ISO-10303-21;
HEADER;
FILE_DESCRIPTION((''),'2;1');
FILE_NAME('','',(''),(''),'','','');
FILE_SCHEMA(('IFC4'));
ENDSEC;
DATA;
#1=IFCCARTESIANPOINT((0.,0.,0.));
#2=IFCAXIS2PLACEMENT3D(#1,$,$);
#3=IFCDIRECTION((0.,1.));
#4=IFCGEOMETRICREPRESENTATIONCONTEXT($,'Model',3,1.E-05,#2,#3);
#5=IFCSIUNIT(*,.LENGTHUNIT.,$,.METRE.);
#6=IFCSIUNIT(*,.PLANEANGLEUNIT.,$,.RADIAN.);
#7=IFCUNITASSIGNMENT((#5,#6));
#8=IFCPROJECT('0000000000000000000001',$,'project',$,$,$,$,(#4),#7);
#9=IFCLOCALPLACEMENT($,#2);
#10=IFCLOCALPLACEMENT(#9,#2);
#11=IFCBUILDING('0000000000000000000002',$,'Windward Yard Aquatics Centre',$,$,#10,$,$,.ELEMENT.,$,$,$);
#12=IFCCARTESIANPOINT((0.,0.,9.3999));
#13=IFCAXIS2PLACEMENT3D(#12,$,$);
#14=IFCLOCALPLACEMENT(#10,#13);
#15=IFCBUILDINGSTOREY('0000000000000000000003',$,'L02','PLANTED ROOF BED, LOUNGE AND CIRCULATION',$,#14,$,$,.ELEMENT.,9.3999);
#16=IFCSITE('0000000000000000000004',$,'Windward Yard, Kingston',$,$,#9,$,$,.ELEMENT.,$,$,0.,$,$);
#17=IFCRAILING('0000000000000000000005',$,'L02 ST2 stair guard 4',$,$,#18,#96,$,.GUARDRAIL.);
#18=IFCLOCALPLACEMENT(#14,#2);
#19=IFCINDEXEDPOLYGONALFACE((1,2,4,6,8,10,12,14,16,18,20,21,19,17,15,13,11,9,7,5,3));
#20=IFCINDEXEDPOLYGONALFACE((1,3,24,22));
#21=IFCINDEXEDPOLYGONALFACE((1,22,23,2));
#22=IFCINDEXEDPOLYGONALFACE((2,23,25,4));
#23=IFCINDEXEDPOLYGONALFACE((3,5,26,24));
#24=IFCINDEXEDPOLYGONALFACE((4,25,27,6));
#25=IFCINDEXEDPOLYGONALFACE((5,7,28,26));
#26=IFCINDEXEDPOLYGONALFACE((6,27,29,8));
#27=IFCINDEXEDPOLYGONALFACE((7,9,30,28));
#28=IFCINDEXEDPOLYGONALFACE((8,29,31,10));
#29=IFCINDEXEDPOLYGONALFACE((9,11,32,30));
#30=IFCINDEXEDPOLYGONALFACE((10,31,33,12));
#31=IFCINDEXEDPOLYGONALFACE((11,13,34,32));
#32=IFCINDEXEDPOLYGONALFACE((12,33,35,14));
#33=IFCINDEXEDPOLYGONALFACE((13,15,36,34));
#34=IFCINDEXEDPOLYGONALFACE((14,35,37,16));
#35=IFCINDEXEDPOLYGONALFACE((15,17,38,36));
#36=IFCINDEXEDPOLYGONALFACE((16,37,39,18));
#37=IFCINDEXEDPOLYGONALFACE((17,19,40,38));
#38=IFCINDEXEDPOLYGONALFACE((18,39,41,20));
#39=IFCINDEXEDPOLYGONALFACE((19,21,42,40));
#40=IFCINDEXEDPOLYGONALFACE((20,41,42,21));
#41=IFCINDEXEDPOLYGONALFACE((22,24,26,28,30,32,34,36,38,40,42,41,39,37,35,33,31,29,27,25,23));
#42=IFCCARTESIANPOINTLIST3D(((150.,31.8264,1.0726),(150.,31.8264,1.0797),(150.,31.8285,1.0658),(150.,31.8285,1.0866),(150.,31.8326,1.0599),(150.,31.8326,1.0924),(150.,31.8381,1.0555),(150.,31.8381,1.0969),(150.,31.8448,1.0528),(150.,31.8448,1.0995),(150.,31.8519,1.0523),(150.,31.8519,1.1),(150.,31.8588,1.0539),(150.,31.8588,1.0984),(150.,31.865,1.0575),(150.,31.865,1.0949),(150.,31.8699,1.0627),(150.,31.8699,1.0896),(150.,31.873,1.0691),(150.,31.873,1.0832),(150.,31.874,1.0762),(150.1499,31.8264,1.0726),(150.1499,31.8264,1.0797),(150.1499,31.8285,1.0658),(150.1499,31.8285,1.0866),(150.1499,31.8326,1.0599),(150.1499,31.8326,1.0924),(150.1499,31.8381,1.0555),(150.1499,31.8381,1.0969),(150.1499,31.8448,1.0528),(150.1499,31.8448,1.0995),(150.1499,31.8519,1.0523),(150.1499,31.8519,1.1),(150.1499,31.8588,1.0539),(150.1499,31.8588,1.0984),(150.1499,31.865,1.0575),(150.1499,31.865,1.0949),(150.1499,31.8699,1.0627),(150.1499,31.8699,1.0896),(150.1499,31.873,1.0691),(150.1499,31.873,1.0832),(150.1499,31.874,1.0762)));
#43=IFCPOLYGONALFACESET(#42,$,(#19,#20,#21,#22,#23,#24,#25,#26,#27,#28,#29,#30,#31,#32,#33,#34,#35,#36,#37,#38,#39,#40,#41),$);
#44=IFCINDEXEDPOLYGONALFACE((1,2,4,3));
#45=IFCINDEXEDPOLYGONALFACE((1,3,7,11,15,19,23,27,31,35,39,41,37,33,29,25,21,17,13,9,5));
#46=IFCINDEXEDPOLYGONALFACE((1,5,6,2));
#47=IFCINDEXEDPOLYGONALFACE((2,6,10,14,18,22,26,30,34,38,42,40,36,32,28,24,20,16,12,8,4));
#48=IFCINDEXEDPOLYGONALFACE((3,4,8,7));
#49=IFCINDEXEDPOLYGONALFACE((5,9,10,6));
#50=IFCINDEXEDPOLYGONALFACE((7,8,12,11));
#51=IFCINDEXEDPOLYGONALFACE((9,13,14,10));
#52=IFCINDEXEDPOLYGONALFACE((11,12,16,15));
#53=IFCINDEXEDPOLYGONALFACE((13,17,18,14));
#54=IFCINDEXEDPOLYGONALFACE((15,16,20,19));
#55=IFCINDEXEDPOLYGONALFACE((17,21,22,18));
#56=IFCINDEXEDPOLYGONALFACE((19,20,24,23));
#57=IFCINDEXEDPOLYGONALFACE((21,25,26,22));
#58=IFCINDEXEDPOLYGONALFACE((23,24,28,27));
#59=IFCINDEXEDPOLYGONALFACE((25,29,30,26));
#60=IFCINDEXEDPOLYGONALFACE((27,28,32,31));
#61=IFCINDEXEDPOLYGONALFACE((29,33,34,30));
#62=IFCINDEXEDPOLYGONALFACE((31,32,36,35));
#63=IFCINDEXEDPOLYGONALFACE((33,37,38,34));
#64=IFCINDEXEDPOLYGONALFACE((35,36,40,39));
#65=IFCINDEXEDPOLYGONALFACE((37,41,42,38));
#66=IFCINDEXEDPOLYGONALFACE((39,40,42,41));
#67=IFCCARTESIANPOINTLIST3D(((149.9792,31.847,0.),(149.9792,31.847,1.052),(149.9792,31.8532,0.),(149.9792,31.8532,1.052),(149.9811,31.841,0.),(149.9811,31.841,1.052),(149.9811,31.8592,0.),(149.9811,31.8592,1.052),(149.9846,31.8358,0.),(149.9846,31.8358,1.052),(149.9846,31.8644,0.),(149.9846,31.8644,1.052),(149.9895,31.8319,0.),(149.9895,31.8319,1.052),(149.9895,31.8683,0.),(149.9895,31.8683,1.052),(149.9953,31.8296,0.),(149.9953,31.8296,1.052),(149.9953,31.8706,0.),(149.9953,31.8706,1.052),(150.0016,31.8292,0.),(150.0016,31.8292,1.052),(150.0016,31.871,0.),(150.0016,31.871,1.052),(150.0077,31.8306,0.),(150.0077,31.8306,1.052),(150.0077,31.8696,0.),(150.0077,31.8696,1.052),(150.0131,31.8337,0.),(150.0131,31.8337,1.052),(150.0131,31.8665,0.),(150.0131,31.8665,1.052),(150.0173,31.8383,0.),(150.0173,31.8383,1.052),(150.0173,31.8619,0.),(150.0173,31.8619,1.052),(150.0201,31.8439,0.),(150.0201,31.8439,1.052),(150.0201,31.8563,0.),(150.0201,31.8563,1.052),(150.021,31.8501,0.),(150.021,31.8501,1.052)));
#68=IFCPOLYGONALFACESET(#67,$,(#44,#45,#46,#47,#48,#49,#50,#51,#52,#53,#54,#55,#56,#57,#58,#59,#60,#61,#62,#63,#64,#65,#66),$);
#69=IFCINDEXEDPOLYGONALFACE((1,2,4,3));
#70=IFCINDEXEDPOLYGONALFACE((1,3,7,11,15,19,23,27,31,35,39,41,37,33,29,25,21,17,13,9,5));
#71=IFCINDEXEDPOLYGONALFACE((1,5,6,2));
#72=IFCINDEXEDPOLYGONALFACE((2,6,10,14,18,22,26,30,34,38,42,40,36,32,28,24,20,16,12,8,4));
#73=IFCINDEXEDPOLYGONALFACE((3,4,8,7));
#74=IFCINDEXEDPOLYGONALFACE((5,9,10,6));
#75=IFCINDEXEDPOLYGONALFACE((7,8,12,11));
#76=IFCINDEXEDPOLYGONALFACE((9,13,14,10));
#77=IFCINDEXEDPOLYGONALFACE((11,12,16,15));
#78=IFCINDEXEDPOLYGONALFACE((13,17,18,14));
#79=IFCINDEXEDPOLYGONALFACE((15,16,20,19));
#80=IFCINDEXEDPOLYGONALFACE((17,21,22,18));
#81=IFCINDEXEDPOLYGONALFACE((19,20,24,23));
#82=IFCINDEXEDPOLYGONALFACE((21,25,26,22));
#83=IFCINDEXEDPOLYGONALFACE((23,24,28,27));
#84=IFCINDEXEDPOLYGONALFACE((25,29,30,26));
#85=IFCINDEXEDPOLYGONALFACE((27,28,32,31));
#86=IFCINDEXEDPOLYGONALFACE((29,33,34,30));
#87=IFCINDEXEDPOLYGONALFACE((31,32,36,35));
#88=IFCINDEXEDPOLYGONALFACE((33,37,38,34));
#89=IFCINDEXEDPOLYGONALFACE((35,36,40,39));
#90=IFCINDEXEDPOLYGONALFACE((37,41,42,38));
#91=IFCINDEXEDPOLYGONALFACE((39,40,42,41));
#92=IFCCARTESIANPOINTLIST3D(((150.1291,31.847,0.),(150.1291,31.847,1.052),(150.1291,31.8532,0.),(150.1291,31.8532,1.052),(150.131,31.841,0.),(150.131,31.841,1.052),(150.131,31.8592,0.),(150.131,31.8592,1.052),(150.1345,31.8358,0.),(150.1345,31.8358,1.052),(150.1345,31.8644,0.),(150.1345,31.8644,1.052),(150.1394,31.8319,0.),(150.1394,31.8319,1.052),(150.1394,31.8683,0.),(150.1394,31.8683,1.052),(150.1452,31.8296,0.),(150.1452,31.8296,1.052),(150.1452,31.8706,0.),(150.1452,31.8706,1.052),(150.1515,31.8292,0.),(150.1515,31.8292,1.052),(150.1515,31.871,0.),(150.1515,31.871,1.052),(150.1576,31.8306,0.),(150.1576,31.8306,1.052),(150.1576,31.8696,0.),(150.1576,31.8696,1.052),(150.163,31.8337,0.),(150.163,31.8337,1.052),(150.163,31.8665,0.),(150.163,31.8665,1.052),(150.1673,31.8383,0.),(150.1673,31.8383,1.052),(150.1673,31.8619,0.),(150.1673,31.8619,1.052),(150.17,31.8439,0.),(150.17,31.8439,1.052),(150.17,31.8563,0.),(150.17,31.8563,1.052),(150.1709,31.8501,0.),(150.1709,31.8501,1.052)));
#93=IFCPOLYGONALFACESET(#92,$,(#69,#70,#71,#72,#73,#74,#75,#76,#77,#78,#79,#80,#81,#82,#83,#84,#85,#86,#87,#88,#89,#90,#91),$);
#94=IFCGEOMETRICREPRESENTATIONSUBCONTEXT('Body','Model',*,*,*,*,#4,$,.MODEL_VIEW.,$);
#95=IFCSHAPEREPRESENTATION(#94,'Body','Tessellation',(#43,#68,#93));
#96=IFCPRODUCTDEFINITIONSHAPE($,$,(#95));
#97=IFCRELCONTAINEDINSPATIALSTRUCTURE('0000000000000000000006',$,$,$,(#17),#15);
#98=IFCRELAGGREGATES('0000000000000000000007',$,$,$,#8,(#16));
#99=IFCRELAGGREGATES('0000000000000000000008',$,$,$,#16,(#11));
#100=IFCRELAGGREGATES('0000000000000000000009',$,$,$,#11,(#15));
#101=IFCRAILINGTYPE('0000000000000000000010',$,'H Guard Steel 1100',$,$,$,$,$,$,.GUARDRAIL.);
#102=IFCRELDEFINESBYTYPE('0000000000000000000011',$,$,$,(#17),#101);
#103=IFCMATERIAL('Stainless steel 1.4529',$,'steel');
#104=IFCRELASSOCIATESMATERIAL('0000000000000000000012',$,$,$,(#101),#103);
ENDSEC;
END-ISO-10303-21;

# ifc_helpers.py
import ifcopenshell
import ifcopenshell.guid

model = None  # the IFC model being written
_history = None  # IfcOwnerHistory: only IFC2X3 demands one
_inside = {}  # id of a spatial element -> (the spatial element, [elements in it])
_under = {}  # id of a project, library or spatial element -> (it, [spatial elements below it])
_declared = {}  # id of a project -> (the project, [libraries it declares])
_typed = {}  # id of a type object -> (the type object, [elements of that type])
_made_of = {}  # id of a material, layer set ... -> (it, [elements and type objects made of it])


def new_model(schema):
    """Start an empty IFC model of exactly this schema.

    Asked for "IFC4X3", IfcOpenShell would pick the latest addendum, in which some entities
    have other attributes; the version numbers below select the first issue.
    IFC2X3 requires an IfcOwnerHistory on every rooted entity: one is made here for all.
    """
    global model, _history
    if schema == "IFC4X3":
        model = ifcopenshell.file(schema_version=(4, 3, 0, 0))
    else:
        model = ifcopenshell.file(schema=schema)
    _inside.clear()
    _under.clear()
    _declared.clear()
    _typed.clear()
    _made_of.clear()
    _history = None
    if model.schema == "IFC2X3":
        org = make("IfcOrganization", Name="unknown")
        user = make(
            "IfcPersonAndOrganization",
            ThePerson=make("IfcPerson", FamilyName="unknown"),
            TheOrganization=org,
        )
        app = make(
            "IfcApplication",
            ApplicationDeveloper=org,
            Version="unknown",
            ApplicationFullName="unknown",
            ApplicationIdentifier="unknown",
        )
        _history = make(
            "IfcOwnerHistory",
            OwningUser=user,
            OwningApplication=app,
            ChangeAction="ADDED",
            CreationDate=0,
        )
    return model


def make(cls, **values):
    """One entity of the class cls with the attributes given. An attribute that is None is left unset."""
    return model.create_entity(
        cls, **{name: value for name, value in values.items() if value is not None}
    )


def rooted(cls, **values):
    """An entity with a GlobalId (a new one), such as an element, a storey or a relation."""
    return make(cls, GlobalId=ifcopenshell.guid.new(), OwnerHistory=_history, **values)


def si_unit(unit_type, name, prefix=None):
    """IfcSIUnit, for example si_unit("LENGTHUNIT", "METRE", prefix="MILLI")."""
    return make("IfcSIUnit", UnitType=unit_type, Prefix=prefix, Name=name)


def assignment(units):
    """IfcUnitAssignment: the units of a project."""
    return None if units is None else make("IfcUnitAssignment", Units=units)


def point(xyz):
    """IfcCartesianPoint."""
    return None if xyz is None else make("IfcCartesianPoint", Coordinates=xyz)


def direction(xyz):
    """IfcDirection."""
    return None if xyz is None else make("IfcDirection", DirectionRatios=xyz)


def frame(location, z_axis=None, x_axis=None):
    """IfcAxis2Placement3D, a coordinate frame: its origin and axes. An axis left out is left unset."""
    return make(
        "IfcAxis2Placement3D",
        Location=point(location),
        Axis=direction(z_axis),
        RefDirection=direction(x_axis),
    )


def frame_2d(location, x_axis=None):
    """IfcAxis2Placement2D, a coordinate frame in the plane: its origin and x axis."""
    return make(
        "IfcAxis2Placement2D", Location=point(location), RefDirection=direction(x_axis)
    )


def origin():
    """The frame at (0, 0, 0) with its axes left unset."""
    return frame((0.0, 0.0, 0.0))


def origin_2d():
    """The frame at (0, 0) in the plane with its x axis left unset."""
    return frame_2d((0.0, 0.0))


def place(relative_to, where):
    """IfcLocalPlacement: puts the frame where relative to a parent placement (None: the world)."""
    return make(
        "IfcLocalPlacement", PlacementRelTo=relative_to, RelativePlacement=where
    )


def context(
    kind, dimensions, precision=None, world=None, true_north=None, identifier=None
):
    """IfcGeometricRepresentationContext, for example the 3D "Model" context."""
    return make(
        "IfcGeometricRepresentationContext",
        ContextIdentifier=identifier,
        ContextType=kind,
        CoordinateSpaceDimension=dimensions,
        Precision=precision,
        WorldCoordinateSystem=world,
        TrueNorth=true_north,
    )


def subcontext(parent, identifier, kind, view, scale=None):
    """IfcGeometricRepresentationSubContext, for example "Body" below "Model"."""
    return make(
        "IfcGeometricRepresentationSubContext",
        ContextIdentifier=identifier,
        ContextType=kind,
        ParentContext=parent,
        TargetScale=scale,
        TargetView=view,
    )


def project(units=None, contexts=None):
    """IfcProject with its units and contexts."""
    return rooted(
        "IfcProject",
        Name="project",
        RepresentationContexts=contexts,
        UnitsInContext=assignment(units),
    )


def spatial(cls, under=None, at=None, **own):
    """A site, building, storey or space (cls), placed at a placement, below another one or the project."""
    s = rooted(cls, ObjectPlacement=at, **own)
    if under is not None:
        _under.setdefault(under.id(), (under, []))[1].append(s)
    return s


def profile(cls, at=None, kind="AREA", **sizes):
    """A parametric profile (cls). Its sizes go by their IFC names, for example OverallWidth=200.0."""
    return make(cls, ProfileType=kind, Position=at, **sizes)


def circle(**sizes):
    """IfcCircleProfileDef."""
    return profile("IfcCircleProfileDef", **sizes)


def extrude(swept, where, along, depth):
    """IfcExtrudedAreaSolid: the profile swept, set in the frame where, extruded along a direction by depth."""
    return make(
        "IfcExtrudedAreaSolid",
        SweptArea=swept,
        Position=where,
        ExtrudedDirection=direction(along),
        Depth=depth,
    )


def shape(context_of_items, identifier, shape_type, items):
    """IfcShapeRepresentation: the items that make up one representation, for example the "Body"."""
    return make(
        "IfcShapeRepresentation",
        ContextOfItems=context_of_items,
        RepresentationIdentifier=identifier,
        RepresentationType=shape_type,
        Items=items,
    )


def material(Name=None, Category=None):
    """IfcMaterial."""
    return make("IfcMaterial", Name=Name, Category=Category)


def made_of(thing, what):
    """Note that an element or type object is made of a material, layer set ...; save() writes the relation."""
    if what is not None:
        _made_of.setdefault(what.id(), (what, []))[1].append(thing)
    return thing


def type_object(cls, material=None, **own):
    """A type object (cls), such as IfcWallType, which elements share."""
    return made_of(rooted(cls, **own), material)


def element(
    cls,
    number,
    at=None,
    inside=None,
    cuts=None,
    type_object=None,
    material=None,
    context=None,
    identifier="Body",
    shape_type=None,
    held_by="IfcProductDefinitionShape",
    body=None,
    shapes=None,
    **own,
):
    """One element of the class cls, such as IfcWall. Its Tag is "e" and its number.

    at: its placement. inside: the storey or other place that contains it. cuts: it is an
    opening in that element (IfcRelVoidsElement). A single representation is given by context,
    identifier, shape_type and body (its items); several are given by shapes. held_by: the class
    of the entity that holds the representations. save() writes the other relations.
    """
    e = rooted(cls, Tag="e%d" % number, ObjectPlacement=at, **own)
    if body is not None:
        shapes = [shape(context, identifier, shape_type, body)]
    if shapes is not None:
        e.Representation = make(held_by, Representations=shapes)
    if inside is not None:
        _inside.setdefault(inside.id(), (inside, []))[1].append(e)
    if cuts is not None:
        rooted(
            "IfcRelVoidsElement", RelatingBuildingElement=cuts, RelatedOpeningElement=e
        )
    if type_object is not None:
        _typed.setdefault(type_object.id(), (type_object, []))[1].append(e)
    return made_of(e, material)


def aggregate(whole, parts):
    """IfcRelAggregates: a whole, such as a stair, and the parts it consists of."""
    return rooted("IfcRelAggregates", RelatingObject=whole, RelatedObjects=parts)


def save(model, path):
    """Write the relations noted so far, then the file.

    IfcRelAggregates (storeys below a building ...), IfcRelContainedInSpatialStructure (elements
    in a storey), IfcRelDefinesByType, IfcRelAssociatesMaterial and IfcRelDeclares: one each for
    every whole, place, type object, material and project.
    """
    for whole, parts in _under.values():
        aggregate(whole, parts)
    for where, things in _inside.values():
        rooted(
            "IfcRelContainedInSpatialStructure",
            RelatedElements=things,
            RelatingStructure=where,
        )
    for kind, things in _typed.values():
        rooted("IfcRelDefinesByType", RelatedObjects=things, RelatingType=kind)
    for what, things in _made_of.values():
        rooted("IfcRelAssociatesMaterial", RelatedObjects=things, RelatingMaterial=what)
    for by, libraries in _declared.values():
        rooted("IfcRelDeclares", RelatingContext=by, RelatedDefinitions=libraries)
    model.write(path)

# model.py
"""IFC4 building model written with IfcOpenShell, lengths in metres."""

from ifc_helpers import new_model, si_unit, direction, frame, origin, origin_2d, place, context, subcontext, project, spatial, circle, extrude, material, type_object, element, save


model = new_model("IFC4")

# Units and contexts
model_context = context("Model", 3, precision=1e-05, world=origin(), true_north=direction((0.0, 1.0)))
body_context = subcontext(model_context, "Body", "Model", "MODEL_VIEW")
ifc_project = project(units=[si_unit("LENGTHUNIT", "METRE"), si_unit("PLANEANGLEUNIT", "RADIAN")], contexts=[model_context])

# Site, building, storey
site_placement = place(None, origin())
site = spatial("IfcSite", under=ifc_project, at=site_placement, Name="Windward Yard, Kingston", CompositionType="ELEMENT", RefElevation=0.0)
building_placement = place(site_placement, origin())
building = spatial("IfcBuilding", under=site, at=building_placement, Name="Windward Yard Aquatics Centre", CompositionType="ELEMENT")
storey_placement = place(building_placement, frame((0.0, 0.0, 9.3999)))
storey = spatial("IfcBuildingStorey", under=building, at=storey_placement, Name="L02", Description="PLANTED ROOF BED, LOUNGE AND CIRCULATION", CompositionType="ELEMENT", Elevation=9.3999)

# Railing
ifc_material_1 = material(Name="Stainless steel 1.4529", Category="steel")
railing_type_1 = type_object("IfcRailingType", Name="H Guard Steel 1100", PredefinedType="GUARDRAIL", material=ifc_material_1)
railing_1_placement = place(storey_placement, frame((150.0, 31.8501, 0.0)))
element("IfcRailing", 1, at=railing_1_placement, inside=storey, type_object=railing_type_1, Name="L02 ST2 stair guard 4", PredefinedType="GUARDRAIL", context=body_context, shape_type="SweptSolid", body=[
    extrude(circle(Radius=0.0239, at=origin_2d()), frame((0.0, 0.0, 1.0762), z_axis=(1.0, 0.0, 0.0), x_axis=(0.0, 1.0, 0.0)), (0.0, 0.0, 1.0), 0.1499),
    extrude(circle(Radius=0.021, at=origin_2d()), origin(), (0.0, 0.0, 1.0), 1.052),
    extrude(circle(Radius=0.021, at=origin_2d()), frame((0.1499, 0.0, 0.0)), (0.0, 0.0, 1.0), 1.052),
])

save(model, "model.ifc")
